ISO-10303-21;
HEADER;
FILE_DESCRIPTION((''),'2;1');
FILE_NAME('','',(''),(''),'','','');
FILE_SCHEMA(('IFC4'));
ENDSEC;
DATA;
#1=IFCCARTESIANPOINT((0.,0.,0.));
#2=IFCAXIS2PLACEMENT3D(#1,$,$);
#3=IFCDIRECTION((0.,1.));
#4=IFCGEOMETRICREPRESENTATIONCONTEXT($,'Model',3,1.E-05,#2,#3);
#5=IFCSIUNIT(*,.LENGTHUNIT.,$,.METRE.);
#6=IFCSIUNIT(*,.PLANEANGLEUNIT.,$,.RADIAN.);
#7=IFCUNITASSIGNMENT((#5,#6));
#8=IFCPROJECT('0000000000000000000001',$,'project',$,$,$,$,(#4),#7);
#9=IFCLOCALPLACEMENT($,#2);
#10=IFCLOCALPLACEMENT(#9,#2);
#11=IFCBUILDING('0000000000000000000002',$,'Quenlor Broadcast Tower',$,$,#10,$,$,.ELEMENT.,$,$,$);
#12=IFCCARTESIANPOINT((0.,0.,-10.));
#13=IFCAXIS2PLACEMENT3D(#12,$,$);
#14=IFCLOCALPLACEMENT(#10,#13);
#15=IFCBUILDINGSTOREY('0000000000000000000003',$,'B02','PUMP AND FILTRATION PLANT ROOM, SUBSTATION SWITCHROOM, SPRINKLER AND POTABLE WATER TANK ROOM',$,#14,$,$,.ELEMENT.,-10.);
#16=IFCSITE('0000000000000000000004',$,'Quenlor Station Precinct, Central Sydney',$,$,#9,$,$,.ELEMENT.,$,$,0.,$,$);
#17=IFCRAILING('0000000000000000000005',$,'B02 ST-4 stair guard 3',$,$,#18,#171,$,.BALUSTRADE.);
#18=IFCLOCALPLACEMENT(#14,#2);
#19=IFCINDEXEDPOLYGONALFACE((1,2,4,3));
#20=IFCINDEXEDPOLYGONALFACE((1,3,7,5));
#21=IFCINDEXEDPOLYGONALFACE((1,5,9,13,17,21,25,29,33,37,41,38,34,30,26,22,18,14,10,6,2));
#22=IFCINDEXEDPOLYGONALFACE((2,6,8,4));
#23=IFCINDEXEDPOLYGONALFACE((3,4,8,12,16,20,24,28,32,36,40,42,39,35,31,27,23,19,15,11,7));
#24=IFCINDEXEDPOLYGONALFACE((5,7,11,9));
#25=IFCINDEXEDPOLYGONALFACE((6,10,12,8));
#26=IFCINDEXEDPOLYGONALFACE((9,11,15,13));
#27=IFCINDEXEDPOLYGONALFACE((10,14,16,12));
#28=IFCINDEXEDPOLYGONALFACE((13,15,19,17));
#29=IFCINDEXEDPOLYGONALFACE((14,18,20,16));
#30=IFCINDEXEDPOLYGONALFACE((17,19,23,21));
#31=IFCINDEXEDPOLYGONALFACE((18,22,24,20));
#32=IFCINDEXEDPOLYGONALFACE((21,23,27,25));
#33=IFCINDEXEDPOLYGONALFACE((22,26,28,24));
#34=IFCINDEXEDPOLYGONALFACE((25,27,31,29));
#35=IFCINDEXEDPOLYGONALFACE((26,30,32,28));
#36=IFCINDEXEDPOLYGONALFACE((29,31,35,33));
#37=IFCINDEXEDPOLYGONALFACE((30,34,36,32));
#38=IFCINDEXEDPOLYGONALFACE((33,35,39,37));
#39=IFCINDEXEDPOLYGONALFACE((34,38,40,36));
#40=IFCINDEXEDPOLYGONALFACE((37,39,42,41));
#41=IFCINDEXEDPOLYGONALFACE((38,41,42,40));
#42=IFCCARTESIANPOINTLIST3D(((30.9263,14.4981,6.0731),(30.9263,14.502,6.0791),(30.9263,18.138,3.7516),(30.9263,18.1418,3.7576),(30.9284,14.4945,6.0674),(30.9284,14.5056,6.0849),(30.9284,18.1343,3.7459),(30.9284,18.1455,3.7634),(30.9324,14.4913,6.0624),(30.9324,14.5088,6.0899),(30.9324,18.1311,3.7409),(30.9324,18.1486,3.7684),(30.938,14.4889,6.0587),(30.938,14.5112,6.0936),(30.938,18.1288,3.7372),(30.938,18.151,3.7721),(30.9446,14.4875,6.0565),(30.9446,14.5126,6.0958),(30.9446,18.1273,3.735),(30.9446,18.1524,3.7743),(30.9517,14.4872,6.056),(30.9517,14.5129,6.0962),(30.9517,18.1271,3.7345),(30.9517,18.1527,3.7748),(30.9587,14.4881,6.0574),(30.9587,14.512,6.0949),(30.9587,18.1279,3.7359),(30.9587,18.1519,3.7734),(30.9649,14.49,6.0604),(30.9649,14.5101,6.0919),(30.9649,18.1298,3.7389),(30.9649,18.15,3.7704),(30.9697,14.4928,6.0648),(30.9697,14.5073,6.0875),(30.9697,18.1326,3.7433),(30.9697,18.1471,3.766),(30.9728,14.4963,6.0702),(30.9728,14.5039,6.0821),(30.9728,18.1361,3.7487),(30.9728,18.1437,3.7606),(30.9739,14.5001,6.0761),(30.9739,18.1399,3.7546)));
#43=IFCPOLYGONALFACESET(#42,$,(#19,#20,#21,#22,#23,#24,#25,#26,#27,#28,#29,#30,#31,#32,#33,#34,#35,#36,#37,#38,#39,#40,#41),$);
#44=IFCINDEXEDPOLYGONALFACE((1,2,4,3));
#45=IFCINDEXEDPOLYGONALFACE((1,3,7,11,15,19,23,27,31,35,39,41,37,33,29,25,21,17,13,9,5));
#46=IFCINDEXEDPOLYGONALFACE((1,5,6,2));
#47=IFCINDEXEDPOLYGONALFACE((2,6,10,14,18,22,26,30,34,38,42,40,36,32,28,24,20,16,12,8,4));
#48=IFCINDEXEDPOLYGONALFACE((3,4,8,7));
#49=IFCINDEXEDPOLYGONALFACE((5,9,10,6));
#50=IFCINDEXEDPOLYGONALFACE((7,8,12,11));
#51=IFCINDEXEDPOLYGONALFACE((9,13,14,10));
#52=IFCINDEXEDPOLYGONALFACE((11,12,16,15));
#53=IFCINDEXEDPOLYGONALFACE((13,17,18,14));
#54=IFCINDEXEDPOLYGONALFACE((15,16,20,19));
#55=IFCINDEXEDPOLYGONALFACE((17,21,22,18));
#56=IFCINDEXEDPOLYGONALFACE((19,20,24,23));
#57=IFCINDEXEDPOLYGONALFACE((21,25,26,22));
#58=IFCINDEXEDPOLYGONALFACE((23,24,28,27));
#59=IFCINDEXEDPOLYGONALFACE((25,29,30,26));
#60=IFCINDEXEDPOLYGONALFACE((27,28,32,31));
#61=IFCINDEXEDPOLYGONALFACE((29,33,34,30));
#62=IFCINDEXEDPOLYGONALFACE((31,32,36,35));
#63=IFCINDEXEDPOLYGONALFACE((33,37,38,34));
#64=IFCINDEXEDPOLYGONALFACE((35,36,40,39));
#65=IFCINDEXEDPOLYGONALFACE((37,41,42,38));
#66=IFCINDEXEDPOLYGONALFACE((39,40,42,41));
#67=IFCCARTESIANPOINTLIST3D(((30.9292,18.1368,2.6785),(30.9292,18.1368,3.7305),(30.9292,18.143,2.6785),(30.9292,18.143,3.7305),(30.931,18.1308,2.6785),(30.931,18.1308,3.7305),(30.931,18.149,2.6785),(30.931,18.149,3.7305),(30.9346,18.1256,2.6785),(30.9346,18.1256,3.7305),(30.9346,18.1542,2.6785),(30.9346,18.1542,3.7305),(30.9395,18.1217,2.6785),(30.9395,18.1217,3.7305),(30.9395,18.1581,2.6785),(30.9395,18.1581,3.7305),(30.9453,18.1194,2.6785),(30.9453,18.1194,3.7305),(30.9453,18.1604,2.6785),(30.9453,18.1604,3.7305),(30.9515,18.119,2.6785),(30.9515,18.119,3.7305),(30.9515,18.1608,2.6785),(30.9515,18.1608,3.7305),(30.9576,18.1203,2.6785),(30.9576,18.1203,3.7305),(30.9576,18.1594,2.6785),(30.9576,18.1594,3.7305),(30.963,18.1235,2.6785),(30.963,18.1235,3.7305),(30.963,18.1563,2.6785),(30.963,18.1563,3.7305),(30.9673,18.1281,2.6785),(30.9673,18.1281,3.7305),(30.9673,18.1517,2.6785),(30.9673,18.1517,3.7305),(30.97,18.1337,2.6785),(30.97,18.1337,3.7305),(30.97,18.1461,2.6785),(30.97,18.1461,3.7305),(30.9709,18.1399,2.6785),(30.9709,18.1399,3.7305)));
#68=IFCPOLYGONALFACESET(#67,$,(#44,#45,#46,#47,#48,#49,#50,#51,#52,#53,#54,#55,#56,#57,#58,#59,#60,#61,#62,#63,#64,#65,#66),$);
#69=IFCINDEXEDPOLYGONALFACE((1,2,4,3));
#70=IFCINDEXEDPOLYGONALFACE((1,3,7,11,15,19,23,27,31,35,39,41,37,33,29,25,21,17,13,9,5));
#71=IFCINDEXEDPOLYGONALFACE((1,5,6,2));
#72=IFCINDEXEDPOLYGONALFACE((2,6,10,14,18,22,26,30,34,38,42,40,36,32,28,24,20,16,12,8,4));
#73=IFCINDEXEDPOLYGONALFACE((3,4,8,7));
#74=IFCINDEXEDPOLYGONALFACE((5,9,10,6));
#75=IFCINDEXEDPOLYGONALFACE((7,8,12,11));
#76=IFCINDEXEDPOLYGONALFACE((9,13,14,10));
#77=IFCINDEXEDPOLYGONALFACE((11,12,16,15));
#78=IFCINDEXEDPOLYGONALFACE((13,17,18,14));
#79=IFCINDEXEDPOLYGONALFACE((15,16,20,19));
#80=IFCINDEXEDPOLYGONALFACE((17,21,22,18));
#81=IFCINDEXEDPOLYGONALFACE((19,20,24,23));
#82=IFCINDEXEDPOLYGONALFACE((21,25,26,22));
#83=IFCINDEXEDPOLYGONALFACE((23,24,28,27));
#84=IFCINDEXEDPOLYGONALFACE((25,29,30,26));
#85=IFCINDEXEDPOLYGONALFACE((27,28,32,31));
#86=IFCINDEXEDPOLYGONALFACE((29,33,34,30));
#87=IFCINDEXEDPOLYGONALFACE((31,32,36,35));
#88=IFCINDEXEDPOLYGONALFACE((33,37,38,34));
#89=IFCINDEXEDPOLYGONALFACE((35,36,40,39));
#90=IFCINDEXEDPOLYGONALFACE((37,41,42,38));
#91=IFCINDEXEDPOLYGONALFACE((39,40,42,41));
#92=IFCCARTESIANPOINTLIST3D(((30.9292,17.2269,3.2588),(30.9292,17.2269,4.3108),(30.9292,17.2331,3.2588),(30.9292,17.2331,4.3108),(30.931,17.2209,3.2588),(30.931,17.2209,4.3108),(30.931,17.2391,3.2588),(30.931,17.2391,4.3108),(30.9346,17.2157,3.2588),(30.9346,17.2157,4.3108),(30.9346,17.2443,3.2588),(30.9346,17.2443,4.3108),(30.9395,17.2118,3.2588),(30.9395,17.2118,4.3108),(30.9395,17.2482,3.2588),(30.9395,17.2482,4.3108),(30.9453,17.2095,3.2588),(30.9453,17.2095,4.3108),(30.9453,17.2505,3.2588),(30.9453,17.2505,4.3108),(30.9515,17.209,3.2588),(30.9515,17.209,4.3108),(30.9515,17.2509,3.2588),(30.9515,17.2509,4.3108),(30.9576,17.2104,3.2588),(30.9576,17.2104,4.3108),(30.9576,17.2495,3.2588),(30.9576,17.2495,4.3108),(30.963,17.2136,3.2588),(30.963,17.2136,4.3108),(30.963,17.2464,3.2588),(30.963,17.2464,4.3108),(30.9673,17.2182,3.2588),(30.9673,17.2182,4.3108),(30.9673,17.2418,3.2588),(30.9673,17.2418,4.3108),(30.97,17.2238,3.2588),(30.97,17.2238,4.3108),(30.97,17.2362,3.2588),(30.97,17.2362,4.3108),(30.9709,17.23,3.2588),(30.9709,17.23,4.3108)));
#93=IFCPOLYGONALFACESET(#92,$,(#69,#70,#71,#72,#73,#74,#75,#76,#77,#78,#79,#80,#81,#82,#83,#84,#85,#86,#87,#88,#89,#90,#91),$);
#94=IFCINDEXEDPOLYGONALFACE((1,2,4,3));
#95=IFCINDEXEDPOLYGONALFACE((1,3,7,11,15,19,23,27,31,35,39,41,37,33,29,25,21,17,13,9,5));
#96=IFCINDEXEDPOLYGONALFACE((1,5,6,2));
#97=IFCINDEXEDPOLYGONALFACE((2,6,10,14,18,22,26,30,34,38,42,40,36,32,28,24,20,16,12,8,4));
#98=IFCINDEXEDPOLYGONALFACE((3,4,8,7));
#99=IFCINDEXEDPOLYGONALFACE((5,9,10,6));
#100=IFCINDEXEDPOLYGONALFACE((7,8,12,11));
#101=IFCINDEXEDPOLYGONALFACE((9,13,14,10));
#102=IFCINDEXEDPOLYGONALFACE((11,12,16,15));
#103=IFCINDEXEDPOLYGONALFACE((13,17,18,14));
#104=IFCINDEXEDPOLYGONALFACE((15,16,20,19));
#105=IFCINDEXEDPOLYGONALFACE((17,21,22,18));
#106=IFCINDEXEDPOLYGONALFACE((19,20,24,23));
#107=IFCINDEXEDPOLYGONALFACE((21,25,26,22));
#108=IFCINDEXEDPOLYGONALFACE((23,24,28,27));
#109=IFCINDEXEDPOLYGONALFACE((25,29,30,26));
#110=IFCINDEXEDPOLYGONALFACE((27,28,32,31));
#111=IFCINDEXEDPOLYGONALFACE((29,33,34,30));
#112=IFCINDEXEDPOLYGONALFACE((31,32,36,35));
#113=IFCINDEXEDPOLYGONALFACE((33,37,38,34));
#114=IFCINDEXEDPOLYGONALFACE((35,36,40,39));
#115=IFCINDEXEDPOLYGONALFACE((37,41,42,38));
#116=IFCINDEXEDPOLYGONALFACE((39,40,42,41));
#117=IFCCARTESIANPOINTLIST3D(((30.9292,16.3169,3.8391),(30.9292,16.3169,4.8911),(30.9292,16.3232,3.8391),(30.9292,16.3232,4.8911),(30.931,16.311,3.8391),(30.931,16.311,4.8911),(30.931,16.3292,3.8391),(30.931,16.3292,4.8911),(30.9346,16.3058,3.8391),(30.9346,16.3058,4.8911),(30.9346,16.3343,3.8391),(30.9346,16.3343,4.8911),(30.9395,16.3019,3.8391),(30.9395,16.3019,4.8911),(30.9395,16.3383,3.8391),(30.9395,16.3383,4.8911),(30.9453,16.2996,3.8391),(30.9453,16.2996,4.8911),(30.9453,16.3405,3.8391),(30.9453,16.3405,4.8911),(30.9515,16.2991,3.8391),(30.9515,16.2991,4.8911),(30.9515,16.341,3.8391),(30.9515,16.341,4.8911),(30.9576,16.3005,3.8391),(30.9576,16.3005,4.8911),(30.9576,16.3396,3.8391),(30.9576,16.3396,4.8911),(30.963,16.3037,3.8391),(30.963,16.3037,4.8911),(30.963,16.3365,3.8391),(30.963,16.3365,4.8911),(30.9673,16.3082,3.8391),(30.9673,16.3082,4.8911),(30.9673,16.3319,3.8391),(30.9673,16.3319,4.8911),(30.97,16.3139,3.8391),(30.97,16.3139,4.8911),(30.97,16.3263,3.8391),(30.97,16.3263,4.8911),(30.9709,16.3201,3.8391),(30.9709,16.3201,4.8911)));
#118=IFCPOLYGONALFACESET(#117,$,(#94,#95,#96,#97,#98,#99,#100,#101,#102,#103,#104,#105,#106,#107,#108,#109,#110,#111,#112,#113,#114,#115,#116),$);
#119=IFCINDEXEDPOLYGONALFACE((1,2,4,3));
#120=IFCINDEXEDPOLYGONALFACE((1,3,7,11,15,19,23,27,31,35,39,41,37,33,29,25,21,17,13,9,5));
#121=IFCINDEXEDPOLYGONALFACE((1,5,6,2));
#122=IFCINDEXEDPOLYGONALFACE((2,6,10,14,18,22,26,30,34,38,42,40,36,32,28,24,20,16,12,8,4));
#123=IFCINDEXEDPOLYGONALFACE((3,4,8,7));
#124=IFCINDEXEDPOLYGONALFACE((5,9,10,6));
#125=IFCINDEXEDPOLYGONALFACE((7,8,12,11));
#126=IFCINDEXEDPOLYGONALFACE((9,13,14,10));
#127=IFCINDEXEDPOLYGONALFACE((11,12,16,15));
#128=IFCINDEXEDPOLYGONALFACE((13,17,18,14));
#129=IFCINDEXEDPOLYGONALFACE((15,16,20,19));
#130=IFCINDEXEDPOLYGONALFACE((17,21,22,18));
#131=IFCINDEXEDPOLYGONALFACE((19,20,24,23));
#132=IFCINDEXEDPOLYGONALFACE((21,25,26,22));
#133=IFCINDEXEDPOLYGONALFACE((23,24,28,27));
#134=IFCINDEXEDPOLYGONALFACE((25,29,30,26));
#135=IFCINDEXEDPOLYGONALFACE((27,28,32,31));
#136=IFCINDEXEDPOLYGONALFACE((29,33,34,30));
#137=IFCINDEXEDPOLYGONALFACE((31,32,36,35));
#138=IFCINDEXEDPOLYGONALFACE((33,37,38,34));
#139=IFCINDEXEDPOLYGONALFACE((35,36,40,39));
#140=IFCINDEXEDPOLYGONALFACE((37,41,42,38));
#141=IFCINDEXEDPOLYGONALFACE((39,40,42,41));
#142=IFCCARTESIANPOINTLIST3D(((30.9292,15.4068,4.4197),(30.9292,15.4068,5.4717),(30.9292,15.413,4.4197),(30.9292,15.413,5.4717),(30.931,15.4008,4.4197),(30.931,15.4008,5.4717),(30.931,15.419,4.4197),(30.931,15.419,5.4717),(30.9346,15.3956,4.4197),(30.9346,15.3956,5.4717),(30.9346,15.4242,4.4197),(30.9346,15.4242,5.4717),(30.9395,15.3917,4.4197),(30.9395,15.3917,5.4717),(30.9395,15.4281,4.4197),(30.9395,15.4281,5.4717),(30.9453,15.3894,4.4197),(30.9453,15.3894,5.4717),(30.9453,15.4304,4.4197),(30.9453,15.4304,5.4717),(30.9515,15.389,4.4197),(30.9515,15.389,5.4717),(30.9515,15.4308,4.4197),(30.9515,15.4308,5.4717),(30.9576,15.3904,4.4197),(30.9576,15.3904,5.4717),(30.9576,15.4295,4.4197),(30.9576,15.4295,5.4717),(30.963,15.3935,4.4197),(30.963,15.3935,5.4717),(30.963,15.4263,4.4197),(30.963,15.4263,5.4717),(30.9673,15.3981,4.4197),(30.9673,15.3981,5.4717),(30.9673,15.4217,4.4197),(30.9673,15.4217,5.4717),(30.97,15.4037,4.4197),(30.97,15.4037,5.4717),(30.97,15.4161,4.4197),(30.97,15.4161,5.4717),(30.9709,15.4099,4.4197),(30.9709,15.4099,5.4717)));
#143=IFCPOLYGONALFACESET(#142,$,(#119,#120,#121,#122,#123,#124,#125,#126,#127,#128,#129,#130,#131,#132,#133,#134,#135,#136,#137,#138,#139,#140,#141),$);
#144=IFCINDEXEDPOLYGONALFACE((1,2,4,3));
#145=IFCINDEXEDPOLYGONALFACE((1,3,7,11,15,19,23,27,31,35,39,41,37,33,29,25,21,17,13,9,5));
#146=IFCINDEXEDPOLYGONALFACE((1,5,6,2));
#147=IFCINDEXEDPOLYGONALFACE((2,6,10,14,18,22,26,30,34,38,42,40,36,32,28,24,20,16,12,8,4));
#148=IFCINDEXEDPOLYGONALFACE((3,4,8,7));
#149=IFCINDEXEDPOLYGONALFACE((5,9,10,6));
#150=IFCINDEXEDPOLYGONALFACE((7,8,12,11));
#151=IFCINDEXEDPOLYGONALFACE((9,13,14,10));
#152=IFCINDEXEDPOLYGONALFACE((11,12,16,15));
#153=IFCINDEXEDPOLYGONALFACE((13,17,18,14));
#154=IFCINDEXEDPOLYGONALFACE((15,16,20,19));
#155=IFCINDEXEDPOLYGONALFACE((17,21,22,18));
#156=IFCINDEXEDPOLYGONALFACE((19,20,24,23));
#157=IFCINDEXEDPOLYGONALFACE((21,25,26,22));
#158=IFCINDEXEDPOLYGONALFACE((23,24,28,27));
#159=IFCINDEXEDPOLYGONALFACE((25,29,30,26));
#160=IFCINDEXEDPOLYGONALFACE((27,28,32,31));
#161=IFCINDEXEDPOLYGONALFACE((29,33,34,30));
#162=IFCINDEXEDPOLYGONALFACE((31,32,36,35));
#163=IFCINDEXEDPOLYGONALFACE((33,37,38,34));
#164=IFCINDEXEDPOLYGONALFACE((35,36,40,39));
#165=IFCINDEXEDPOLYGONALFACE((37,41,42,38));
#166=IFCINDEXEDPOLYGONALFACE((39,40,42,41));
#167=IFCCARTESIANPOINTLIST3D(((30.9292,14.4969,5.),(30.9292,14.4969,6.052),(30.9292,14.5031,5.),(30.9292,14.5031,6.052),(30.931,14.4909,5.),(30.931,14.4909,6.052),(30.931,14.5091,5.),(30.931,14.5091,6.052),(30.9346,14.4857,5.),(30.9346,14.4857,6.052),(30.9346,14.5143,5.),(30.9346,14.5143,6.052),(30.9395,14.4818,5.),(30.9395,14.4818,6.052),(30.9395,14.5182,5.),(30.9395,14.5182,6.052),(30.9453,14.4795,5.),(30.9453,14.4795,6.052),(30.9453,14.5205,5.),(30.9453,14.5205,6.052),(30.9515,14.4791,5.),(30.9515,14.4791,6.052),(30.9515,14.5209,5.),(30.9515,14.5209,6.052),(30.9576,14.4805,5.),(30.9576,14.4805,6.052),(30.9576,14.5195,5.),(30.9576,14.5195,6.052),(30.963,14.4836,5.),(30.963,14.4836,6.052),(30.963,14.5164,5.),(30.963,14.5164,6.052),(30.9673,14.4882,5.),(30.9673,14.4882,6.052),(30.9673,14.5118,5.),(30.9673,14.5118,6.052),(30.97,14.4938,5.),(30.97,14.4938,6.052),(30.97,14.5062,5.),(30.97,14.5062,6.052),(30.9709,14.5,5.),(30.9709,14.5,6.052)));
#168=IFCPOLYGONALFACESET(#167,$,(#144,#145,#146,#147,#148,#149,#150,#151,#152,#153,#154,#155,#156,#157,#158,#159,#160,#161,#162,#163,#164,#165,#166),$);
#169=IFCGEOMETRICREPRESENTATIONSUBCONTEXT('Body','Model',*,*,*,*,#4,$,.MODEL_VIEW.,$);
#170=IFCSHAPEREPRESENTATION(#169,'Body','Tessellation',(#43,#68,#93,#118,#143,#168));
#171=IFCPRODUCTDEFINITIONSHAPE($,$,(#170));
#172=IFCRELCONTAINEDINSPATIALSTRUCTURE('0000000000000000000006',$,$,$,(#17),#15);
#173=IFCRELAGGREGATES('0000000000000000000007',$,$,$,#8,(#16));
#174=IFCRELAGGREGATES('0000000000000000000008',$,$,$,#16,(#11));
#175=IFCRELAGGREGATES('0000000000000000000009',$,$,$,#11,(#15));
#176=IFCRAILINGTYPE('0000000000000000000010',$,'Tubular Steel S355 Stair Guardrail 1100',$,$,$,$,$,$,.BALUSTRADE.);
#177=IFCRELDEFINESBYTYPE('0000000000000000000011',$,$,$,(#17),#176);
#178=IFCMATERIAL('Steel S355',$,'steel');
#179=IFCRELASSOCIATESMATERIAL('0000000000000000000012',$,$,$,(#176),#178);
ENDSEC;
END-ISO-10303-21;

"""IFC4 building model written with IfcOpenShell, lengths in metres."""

from ifc_helpers import new_model, si_unit, direction, frame, origin, origin_2d, place, context, subcontext, project, spatial, circle, extrude, material, type_object, element, save


model = new_model("IFC4")

# Units and contexts
model_context = context("Model", 3, precision=1e-05, world=origin(), true_north=direction((0.0, 1.0)))
body_context = subcontext(model_context, "Body", "Model", "MODEL_VIEW")
ifc_project = project(units=[si_unit("LENGTHUNIT", "METRE"), si_unit("PLANEANGLEUNIT", "RADIAN")], contexts=[model_context])

# Site, building, storey
site_placement = place(None, origin())
site = spatial("IfcSite", under=ifc_project, at=site_placement, Name="Quenlor Station Precinct, Central Sydney", CompositionType="ELEMENT", RefElevation=0.0)
building_placement = place(site_placement, origin())
building = spatial("IfcBuilding", under=site, at=building_placement, Name="Quenlor Broadcast Tower", CompositionType="ELEMENT")
storey_placement = place(building_placement, frame((0.0, 0.0, -10.0)))
storey = spatial("IfcBuildingStorey", under=building, at=storey_placement, Name="B02", Description="PUMP AND FILTRATION PLANT ROOM, SUBSTATION SWITCHROOM, SPRINKLER AND POTABLE WATER TANK ROOM", CompositionType="ELEMENT", Elevation=-10.0)

# Railing
ifc_material_1 = material(Name="Steel S355", Category="steel")
railing_type_1 = type_object("IfcRailingType", Name="Tubular Steel S355 Stair Guardrail 1100", PredefinedType="BALUSTRADE", material=ifc_material_1)
railing_1_placement = place(storey_placement, frame((30.95, 18.1399, 2.6785)))
element("IfcRailing", 1, at=railing_1_placement, inside=storey, type_object=railing_type_1, Name="B02 ST-4 stair guard 3", PredefinedType="BALUSTRADE", context=body_context, shape_type="SweptSolid", body=[
    extrude(circle(Radius=0.0239, at=origin_2d()), frame((0.0, 0.0, 1.0762), z_axis=(0.0, -0.843112, 0.537739), x_axis=(1.0, 0.0, 0.0)), (0.0, 0.0, 1.0), 4.3171),
    extrude(circle(Radius=0.021, at=origin_2d()), origin(), (0.0, 0.0, 1.0), 1.052),
    extrude(circle(Radius=0.021, at=origin_2d()), frame((0.0, -0.9099, 0.5803)), (0.0, 0.0, 1.0), 1.052),
    extrude(circle(Radius=0.021, at=origin_2d()), frame((0.0, -1.8198, 1.1606)), (0.0, 0.0, 1.0), 1.052),
    extrude(circle(Radius=0.021, at=origin_2d()), frame((0.0, -2.73, 1.7412)), (0.0, 0.0, 1.0), 1.052),
    extrude(circle(Radius=0.021, at=origin_2d()), frame((0.0, -3.6399, 2.3215)), (0.0, 0.0, 1.0), 1.052),
])

save(model, "model.ifc")
